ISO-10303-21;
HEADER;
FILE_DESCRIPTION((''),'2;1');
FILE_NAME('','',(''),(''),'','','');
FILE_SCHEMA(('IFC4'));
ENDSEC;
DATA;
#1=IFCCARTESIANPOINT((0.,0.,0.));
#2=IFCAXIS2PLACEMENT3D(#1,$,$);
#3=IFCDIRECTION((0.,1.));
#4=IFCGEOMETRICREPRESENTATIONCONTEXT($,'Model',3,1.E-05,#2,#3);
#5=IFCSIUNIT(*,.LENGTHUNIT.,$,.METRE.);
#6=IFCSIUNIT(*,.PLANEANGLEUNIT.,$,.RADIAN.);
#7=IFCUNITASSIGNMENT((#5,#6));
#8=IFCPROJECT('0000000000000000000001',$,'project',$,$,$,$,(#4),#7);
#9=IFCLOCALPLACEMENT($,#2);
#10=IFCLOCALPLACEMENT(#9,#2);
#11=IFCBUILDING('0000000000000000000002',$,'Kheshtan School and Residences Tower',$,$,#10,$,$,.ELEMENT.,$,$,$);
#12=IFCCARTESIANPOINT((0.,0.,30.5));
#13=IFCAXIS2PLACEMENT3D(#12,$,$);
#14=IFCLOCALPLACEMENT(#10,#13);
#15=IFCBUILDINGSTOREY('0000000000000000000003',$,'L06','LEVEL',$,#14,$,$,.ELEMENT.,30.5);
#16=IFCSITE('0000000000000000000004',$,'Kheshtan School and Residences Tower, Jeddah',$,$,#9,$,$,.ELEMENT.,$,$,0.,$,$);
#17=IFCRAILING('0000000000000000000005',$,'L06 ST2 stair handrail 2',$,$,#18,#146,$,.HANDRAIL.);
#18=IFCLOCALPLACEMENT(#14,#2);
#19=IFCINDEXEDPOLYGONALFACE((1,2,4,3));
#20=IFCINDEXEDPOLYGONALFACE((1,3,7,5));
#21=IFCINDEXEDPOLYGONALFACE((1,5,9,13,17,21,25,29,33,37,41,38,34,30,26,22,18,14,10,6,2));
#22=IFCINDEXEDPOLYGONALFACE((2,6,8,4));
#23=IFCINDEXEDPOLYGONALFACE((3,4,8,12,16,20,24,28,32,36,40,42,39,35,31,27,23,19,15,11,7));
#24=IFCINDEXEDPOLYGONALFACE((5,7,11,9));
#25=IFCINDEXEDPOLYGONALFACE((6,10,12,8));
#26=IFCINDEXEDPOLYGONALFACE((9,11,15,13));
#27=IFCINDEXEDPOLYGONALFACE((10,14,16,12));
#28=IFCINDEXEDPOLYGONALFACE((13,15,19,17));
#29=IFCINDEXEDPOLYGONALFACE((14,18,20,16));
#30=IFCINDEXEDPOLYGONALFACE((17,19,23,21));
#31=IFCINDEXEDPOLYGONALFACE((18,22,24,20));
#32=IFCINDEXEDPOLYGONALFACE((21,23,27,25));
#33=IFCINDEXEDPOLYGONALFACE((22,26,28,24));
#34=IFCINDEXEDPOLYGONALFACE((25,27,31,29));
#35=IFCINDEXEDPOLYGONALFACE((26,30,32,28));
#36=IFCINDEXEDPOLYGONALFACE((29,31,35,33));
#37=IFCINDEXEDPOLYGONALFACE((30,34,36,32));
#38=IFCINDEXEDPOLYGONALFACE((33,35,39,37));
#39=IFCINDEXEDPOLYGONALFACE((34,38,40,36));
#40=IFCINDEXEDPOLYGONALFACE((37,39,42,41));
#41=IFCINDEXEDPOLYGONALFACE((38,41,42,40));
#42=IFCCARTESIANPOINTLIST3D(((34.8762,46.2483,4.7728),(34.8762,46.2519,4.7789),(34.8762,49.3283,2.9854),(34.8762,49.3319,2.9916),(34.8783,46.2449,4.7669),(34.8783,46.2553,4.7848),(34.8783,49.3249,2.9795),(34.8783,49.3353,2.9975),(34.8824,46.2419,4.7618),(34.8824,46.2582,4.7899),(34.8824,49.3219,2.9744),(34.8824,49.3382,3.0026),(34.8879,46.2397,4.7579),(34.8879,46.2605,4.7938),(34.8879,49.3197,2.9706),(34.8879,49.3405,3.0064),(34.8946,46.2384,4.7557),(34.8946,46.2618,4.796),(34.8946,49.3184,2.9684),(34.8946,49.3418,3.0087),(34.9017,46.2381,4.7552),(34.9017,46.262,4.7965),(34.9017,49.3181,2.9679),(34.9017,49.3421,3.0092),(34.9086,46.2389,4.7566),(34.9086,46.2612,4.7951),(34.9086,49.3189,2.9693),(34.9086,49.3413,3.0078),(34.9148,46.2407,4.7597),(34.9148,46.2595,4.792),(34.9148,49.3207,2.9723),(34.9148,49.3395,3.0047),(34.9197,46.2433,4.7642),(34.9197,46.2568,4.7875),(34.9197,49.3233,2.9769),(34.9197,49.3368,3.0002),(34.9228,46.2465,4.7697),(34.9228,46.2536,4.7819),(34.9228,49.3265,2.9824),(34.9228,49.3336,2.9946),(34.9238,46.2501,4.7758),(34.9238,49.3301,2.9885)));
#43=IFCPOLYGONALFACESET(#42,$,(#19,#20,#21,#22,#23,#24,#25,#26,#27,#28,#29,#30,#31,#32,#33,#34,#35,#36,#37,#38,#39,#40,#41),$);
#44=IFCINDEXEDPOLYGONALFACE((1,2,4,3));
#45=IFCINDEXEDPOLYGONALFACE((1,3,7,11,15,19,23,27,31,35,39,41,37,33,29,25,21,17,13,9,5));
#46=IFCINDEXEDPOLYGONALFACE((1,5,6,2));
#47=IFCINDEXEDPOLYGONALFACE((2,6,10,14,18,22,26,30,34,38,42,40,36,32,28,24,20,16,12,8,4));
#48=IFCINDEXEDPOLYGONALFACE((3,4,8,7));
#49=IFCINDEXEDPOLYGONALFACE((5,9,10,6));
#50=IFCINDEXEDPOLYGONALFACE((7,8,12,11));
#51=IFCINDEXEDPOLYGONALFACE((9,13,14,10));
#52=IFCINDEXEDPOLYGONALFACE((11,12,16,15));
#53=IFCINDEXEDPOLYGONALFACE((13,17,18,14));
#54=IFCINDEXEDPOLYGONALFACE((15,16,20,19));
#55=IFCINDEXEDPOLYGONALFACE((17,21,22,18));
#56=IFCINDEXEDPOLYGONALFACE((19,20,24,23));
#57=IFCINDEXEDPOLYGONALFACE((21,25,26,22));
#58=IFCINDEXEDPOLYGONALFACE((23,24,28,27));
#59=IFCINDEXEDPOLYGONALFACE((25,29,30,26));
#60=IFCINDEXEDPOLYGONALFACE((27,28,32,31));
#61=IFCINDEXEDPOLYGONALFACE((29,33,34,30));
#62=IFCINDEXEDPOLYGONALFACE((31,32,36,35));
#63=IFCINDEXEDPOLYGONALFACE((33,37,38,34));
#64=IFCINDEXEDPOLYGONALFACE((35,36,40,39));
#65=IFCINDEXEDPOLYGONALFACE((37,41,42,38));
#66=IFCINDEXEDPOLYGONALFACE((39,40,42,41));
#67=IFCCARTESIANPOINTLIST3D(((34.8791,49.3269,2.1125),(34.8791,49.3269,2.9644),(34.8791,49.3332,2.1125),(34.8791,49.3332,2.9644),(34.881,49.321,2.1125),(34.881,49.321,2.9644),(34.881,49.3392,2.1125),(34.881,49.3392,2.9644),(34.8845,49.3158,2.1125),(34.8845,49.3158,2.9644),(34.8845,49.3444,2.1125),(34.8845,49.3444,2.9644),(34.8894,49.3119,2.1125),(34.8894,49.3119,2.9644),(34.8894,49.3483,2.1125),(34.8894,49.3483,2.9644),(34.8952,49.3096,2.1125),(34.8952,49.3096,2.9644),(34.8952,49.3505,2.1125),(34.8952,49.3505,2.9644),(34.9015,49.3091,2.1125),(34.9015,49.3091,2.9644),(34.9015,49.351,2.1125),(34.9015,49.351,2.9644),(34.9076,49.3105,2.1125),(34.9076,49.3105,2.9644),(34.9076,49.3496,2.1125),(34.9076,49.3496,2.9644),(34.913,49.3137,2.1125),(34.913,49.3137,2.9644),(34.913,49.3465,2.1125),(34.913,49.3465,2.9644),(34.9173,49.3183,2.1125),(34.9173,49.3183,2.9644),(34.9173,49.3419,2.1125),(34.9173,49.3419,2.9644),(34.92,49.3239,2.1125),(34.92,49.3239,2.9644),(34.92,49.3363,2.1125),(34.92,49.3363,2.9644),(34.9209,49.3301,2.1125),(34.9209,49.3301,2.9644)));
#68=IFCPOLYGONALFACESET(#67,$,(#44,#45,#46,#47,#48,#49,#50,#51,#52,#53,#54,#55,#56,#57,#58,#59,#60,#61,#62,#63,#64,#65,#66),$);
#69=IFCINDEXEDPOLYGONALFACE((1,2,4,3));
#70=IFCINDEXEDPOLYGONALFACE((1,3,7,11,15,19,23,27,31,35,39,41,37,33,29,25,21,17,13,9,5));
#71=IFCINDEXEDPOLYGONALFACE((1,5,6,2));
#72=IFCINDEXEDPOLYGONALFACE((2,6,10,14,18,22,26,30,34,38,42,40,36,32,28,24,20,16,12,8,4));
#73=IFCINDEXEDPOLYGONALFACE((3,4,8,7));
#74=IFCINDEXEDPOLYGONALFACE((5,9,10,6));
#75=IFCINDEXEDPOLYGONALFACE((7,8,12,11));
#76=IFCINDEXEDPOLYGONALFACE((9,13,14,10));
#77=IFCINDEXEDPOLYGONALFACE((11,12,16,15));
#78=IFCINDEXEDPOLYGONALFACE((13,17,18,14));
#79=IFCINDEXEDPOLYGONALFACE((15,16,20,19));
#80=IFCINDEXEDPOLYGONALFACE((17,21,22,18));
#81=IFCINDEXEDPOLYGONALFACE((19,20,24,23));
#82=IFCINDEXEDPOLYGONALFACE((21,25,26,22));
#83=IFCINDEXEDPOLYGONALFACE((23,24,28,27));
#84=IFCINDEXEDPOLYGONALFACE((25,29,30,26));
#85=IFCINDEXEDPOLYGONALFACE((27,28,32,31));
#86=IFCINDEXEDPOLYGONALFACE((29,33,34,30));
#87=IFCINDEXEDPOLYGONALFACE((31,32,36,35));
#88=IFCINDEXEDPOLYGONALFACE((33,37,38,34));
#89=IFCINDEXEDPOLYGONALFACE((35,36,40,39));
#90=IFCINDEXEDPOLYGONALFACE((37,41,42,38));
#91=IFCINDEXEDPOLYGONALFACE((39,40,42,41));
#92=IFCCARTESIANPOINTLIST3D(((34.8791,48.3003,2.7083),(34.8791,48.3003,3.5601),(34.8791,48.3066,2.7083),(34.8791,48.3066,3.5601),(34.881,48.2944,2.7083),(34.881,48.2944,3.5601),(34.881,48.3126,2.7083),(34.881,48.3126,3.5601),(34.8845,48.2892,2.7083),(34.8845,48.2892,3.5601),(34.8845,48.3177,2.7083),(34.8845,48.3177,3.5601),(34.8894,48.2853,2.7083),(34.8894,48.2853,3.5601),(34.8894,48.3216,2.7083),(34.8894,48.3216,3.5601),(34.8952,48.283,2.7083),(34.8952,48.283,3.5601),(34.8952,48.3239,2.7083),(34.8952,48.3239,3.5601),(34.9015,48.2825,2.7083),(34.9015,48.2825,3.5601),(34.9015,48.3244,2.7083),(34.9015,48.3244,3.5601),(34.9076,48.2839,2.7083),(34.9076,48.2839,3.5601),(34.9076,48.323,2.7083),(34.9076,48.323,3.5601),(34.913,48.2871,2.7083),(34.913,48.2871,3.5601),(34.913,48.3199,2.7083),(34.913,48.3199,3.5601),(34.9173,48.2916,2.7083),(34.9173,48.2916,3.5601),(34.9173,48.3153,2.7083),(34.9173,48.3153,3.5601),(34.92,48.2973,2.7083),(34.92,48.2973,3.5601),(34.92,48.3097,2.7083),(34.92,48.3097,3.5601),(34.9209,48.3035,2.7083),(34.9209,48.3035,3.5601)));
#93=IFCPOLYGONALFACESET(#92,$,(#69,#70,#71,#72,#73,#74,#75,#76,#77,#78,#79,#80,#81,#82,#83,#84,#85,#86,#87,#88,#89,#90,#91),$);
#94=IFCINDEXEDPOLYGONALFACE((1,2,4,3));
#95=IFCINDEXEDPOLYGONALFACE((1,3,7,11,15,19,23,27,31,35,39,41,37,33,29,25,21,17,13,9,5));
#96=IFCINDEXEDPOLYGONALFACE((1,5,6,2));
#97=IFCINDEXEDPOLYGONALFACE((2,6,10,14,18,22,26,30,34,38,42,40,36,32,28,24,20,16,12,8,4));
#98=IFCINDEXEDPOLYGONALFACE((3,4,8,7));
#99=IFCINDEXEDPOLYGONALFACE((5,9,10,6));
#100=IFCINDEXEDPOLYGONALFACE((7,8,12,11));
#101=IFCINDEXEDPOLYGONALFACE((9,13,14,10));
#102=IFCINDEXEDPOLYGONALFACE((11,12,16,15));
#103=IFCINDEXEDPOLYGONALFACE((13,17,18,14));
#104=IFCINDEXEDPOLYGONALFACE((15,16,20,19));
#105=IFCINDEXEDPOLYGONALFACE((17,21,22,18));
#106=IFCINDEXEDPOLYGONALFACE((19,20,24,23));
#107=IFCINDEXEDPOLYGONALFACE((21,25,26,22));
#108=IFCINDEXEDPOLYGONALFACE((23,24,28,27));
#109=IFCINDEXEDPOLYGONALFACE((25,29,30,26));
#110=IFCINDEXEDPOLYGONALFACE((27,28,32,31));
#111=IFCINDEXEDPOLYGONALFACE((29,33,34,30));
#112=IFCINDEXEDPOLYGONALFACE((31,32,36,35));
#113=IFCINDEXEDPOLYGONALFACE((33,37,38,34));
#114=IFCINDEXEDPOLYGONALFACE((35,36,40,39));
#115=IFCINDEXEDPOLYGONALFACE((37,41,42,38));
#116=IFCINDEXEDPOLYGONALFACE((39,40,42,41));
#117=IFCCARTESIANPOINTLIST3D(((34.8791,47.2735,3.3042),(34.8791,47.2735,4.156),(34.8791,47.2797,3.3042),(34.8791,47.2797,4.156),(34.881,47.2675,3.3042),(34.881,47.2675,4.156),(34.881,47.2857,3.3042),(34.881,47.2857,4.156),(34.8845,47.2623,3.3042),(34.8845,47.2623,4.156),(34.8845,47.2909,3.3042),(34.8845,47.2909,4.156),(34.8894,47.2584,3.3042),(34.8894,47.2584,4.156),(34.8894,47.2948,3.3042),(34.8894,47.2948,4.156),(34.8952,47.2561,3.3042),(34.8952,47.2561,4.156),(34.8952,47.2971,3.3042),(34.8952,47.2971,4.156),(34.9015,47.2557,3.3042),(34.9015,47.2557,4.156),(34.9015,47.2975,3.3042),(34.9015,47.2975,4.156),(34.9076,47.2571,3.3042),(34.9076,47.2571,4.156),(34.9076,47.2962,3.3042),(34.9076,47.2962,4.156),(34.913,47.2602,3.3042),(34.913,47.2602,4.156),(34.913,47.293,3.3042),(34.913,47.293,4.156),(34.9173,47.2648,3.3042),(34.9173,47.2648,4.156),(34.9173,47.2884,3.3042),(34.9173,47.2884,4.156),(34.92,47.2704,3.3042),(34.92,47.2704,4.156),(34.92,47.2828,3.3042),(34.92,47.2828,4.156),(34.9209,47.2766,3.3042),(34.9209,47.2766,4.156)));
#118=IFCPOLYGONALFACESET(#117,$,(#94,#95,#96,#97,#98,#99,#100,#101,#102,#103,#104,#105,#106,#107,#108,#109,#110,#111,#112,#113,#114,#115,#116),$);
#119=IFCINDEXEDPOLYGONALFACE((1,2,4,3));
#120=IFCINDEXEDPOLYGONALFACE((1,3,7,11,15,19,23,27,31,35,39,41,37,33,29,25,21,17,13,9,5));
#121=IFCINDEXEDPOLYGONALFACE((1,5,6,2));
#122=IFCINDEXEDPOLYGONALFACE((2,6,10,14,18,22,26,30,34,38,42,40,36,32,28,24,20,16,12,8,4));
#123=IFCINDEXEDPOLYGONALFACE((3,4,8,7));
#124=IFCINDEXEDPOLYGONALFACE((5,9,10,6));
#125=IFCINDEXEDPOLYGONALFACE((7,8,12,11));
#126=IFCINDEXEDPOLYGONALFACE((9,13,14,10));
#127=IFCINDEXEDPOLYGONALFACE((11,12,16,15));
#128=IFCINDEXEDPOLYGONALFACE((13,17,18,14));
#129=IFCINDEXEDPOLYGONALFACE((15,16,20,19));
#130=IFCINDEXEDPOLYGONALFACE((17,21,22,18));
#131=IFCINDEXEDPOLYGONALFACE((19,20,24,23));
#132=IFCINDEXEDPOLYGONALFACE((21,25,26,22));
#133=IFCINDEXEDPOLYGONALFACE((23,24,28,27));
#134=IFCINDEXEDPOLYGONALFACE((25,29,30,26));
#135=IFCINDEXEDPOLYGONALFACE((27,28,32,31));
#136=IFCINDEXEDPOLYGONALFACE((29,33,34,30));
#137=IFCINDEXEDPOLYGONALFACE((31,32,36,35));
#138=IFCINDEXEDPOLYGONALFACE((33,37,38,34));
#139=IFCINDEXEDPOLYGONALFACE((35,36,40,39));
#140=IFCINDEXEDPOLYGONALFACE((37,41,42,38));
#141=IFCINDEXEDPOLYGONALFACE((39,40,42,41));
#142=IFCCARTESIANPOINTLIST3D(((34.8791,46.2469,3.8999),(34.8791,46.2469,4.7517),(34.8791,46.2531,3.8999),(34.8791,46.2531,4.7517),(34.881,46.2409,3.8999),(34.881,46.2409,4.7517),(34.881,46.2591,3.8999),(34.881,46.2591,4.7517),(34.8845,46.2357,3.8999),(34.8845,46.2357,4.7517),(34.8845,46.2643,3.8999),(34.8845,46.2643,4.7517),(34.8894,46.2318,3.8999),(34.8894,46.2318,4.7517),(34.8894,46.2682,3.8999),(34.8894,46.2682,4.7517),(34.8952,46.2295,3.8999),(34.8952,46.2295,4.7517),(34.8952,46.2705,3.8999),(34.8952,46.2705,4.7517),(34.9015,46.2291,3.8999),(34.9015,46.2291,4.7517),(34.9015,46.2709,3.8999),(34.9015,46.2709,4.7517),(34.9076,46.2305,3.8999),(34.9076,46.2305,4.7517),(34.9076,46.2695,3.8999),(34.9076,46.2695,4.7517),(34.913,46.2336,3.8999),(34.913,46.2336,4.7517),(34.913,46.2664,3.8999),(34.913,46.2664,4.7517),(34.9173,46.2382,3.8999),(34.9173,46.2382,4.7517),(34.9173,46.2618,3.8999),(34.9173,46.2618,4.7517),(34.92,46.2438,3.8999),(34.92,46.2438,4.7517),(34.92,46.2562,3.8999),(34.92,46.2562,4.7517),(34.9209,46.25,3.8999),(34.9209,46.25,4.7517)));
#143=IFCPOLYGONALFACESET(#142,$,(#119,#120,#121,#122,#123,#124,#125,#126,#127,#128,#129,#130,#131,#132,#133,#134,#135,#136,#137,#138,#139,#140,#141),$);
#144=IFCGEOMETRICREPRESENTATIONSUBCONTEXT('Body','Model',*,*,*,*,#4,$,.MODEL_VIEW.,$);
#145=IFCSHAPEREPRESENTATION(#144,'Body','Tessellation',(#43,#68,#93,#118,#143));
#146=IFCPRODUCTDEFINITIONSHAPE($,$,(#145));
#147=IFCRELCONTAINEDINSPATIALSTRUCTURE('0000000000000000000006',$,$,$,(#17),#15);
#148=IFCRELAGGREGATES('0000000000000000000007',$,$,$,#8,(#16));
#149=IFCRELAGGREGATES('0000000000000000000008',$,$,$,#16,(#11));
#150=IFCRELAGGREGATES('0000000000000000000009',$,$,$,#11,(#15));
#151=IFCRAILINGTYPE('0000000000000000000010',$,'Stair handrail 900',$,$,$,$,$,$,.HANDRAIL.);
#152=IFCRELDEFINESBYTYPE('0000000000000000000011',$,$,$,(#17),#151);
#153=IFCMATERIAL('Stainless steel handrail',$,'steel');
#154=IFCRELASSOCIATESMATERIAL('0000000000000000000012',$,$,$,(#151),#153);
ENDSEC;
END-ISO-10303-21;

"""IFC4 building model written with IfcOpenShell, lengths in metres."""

from ifc_helpers import new_model, si_unit, direction, frame, origin, origin_2d, place, context, subcontext, project, spatial, circle, extrude, material, type_object, element, save


model = new_model("IFC4")

# Units and contexts
model_context = context("Model", 3, precision=1e-05, world=origin(), true_north=direction((0.0, 1.0)))
body_context = subcontext(model_context, "Body", "Model", "MODEL_VIEW")
ifc_project = project(units=[si_unit("LENGTHUNIT", "METRE"), si_unit("PLANEANGLEUNIT", "RADIAN")], contexts=[model_context])

# Site, building, storey
site_placement = place(None, origin())
site = spatial("IfcSite", under=ifc_project, at=site_placement, Name="Kheshtan School and Residences Tower, Jeddah", CompositionType="ELEMENT", RefElevation=0.0)
building_placement = place(site_placement, origin())
building = spatial("IfcBuilding", under=site, at=building_placement, Name="Kheshtan School and Residences Tower", CompositionType="ELEMENT")
storey_placement = place(building_placement, frame((0.0, 0.0, 30.5)))
storey = spatial("IfcBuildingStorey", under=building, at=storey_placement, Name="L06", Description="LEVEL", CompositionType="ELEMENT", Elevation=30.5)

# Railing
ifc_material_1 = material(Name="Stainless steel handrail", Category="steel")
railing_type_1 = type_object("IfcRailingType", Name="Stair handrail 900", PredefinedType="HANDRAIL", material=ifc_material_1)
railing_1_placement = place(storey_placement, frame((34.8999, 49.3301, 2.1125)))
element("IfcRailing", 1, at=railing_1_placement, inside=storey, type_object=railing_type_1, Name="L06 ST2 stair handrail 2", PredefinedType="HANDRAIL", context=body_context, shape_type="SweptSolid", body=[
    extrude(circle(Radius=0.0239, at=origin_2d()), frame((0.0, 0.0, 0.876), z_axis=(0.0, -0.86492, 0.501909), x_axis=(1.0, 0.0, 0.0)), (0.0, 0.0, 1.0), 3.561),
    extrude(circle(Radius=0.021, at=origin_2d()), origin(), (0.0, 0.0, 1.0), 0.8518),
    extrude(circle(Radius=0.021, at=origin_2d()), frame((0.0, -1.0266, 0.5957)), (0.0, 0.0, 1.0), 0.8518),
    extrude(circle(Radius=0.021, at=origin_2d()), frame((0.0, -2.0535, 1.1917)), (0.0, 0.0, 1.0), 0.8518),
    extrude(circle(Radius=0.021, at=origin_2d()), frame((0.0, -3.0801, 1.7874)), (0.0, 0.0, 1.0), 0.8518),
])

save(model, "model.ifc")
